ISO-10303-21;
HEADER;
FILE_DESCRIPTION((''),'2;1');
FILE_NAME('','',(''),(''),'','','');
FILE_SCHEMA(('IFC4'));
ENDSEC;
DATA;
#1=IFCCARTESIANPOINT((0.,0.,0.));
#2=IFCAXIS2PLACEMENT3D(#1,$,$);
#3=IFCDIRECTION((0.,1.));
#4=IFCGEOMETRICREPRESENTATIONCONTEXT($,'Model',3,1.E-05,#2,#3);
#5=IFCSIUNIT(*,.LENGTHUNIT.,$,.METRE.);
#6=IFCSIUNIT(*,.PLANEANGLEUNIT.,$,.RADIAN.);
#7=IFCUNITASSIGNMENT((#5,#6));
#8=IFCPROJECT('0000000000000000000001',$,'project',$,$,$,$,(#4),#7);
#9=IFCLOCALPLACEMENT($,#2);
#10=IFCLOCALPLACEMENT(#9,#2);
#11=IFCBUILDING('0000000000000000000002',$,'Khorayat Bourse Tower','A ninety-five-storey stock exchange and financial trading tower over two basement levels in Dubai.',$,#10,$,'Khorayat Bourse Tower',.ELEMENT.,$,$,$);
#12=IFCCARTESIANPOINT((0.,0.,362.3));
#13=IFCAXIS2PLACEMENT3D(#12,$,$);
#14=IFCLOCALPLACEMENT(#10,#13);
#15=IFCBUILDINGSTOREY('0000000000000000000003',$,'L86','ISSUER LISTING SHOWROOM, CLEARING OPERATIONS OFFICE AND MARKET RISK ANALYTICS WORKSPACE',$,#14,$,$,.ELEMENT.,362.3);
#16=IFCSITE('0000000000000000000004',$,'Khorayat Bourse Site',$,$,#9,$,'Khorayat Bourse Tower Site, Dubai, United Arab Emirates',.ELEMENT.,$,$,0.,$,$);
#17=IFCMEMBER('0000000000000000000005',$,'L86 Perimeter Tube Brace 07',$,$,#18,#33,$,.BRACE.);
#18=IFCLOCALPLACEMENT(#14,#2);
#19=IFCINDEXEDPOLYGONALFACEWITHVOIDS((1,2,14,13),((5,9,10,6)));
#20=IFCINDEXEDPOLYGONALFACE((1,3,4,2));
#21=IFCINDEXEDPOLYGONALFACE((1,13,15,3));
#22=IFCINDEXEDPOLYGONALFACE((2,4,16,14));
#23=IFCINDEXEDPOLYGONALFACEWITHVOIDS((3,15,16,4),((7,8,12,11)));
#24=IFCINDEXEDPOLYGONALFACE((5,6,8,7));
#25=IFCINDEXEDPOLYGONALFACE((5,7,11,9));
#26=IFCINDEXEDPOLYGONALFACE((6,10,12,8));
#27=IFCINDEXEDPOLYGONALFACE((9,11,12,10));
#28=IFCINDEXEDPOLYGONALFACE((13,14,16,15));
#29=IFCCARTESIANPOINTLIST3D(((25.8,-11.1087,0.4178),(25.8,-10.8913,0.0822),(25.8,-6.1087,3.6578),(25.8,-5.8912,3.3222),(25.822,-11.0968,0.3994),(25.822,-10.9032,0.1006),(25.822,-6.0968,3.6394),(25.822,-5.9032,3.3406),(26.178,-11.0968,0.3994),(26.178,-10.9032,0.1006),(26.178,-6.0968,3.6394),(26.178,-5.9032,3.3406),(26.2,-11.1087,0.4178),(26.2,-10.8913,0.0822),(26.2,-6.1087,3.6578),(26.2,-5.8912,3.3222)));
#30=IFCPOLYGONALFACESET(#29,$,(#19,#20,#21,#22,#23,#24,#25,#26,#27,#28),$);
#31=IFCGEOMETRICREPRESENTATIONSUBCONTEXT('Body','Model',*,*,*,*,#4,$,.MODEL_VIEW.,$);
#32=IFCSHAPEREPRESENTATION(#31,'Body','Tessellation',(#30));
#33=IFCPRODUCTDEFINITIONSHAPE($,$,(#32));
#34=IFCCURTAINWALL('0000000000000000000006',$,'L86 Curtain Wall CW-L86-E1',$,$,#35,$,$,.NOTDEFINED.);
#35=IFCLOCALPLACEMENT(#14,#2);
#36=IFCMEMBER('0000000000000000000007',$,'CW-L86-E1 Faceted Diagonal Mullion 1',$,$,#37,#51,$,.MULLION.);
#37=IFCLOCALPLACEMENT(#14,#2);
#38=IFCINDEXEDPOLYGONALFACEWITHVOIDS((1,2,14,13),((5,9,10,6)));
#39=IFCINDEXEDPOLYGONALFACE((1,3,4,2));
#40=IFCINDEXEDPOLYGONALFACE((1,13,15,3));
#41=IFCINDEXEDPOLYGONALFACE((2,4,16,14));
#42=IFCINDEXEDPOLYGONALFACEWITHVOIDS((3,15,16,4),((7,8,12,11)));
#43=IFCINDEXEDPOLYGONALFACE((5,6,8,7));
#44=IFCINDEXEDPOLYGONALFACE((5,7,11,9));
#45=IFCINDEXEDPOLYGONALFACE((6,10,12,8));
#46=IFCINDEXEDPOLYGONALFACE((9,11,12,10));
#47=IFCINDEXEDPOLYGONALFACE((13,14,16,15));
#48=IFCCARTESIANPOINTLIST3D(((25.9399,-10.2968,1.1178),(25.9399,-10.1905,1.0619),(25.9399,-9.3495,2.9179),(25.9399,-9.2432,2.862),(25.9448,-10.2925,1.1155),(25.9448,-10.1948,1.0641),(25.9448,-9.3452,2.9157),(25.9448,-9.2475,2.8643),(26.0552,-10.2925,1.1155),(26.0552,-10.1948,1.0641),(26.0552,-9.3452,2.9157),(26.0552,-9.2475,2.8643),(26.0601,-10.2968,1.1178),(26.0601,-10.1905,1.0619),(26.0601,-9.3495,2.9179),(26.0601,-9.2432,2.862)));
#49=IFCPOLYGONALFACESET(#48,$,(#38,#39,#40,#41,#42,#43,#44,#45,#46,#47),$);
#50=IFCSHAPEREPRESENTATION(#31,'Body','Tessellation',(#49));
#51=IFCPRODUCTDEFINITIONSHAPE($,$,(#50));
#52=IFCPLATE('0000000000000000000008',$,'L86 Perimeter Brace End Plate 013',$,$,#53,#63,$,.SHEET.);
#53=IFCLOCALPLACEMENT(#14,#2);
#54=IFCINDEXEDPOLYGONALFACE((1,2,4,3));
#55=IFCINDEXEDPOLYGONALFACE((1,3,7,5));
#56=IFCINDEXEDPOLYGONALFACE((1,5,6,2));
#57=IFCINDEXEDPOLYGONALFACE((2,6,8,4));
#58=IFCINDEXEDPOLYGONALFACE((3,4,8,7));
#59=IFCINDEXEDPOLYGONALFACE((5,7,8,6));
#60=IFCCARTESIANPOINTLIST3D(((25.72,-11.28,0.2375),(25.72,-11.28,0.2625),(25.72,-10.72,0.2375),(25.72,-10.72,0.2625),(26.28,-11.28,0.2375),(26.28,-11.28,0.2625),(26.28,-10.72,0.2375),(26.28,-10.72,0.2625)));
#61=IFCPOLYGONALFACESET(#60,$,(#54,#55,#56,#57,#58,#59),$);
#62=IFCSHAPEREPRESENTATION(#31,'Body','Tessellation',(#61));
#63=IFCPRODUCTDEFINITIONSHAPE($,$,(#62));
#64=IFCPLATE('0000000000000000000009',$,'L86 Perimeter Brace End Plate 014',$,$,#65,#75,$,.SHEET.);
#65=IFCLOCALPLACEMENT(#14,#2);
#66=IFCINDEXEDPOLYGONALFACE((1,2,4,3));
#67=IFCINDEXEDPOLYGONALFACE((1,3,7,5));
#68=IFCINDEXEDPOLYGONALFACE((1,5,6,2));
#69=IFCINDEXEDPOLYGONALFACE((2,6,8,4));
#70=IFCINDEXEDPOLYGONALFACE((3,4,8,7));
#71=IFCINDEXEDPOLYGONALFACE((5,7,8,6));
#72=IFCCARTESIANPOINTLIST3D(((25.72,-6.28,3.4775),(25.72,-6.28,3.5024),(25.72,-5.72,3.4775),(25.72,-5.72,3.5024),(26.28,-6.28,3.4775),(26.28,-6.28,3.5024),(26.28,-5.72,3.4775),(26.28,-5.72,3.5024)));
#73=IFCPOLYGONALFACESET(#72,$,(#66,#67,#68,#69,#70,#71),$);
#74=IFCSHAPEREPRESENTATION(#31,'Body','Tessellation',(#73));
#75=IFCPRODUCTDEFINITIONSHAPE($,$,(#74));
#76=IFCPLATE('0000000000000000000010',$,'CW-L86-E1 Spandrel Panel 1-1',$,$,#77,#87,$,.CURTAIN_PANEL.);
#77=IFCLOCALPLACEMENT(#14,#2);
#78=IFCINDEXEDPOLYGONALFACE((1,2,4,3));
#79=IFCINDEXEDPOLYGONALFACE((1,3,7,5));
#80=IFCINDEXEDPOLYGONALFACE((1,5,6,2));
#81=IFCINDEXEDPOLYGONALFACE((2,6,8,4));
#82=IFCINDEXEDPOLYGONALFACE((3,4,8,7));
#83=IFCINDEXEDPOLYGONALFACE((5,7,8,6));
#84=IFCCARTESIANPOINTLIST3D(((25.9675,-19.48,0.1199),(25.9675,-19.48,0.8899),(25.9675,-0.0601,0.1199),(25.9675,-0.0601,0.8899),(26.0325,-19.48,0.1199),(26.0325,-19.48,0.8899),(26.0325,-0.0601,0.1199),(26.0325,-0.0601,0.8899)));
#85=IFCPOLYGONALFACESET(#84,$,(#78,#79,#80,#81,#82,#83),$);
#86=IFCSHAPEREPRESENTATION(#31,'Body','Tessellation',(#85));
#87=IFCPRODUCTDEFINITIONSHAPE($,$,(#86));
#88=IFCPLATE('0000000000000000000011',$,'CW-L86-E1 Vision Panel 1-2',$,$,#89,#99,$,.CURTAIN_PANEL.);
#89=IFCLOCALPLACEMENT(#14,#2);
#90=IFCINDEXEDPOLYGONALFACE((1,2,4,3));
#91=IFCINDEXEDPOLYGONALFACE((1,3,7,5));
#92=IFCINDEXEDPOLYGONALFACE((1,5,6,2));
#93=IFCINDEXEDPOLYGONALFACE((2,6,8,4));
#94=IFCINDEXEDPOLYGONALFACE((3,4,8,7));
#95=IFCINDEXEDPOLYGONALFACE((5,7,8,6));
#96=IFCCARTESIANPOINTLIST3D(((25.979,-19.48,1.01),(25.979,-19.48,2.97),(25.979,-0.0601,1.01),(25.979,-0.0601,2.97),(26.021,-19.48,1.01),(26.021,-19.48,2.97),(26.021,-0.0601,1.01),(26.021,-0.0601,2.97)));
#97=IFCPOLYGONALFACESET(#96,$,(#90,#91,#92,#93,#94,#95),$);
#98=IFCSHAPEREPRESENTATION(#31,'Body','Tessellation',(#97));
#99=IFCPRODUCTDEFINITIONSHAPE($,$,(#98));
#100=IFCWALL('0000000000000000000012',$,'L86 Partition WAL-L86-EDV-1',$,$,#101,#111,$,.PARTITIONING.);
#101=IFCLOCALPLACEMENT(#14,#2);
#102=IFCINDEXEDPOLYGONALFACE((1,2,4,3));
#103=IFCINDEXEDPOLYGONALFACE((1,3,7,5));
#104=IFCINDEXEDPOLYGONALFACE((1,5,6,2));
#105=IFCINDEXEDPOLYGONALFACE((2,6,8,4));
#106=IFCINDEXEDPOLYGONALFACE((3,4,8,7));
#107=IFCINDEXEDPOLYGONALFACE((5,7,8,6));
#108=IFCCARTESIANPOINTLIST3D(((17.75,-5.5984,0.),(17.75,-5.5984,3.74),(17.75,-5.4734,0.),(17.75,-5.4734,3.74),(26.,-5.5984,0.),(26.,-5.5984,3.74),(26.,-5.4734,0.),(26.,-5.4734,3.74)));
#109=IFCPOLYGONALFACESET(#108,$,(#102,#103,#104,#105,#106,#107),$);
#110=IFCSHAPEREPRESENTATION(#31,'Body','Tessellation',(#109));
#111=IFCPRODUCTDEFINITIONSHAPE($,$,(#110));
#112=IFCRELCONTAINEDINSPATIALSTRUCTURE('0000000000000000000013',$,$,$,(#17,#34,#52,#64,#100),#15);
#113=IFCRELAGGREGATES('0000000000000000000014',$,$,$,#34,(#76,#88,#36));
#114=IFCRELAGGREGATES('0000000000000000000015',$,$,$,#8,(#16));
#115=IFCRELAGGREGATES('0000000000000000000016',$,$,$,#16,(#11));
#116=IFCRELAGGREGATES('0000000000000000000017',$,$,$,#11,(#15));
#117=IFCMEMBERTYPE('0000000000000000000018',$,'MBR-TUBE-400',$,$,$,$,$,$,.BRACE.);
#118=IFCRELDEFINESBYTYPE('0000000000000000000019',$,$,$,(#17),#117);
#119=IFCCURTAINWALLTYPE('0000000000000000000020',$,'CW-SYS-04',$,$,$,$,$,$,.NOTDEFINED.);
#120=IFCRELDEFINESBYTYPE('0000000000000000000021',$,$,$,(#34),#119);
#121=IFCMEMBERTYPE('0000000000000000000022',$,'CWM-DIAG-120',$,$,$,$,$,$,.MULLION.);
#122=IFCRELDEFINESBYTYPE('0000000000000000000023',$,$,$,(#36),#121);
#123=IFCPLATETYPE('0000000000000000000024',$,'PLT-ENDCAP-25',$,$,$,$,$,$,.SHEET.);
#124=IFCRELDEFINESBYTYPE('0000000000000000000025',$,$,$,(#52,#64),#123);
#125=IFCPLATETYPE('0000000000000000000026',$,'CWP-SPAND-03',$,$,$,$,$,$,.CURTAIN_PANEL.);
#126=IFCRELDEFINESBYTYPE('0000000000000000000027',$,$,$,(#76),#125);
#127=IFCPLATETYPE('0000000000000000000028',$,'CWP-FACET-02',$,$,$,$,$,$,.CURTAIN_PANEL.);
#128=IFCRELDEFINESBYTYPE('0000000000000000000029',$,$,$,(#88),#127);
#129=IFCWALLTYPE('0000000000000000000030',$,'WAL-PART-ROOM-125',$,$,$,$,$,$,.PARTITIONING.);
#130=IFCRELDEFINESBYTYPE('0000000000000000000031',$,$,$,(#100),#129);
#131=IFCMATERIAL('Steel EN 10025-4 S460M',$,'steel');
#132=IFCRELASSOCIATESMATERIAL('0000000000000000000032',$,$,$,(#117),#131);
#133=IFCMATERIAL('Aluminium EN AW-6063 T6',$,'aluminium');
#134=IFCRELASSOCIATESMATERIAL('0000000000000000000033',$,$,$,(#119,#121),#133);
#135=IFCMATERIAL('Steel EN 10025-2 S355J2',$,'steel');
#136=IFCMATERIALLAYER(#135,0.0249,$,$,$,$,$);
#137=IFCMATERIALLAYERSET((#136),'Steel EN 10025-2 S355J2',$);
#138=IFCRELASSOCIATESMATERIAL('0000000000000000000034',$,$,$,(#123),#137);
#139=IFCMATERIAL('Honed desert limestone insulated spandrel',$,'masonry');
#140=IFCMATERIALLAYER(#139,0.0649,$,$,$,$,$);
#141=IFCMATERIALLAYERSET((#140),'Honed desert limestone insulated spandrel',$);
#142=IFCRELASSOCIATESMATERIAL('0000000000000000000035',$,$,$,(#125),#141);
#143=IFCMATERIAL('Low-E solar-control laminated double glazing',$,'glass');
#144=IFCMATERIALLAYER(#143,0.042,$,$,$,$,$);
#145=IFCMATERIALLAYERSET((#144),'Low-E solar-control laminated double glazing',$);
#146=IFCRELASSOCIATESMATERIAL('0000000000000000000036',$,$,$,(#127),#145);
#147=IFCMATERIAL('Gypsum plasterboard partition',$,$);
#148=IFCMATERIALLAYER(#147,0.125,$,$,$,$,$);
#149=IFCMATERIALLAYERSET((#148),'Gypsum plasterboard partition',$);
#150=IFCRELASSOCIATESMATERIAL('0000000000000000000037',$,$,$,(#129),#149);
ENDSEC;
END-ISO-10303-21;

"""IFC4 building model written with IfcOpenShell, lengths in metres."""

from ifc_helpers import new_model, si_unit, direction, frame, frame_2d, origin, origin_2d, place, context, subcontext, project, spatial, rectangle, hollow_rectangle, extrude, source, transform, mapped, material, layer, layer_set, material_profile, profile_set, type_object, element, aggregate, save


model = new_model("IFC4")

# Units and contexts
model_context = context("Model", 3, precision=1e-05, world=origin(), true_north=direction((0.0, 1.0)))
body_context = subcontext(model_context, "Body", "Model", "MODEL_VIEW")
ifc_project = project(units=[si_unit("LENGTHUNIT", "METRE"), si_unit("PLANEANGLEUNIT", "RADIAN")], contexts=[model_context])

# Site, building, storey
site_placement = place(None, origin())
site = spatial("IfcSite", under=ifc_project, at=site_placement, Name="Khorayat Bourse Site", LongName="Khorayat Bourse Tower Site, Dubai, United Arab Emirates", CompositionType="ELEMENT", RefElevation=0.0)
building_placement = place(site_placement, origin())
building = spatial("IfcBuilding", under=site, at=building_placement, Name="Khorayat Bourse Tower", Description="A ninety-five-storey stock exchange and financial trading tower over two basement levels in Dubai.", LongName="Khorayat Bourse Tower", CompositionType="ELEMENT")
storey_placement = place(building_placement, frame((0.0, 0.0, 362.3)))
storey = spatial("IfcBuildingStorey", under=building, at=storey_placement, Name="L86", Description="ISSUER LISTING SHOWROOM, CLEARING OPERATIONS OFFICE AND MARKET RISK ANALYTICS WORKSPACE", CompositionType="ELEMENT", Elevation=362.3)

# Shared definitions
ifc_material_1 = material(Name="Steel EN 10025-2 S355J2", Category="steel")

# Member
ifc_material_2 = material(Name="Steel EN 10025-4 S460M", Category="steel")
ifc_material_profile_1 = material_profile(ifc_material_2, hollow_rectangle(XDim=0.3999, YDim=0.3999, WallThickness=0.022, at=origin_2d()), Name="HSS 400x400x22")
ifc_profile_set_1 = profile_set([ifc_material_profile_1], Name="Steel EN 10025-4 S460M")
member_type_1 = type_object("IfcMemberType", Name="MBR-TUBE-400", PredefinedType="BRACE", material=ifc_profile_set_1)
shared_shape_1 = source(origin(), body_context, "Body", "SweptSolid", [
    extrude(hollow_rectangle(XDim=0.3999, YDim=0.3999, WallThickness=0.022, at=origin_2d()), origin(), (0.0, 0.0, 1.0), 5.958),
])
member_1_placement = place(storey_placement, frame((26.0, -11.0, 0.25), z_axis=(0.0, 0.83921, 0.543807), x_axis=(-1.0, 0.0, 0.0)))
element("IfcMember", 1, at=member_1_placement, inside=storey, type_object=member_type_1, Name="L86 Perimeter Tube Brace 07", PredefinedType="BRACE", context=body_context, shape_type="MappedRepresentation", body=[
    mapped(shared_shape_1, transform((0.0, 0.0, 0.0), scale=1.0)),
])

# Curtain wall, member
ifc_material_3 = material(Name="Aluminium EN AW-6063 T6", Category="aluminium")
curtain_wall_type = type_object("IfcCurtainWallType", Name="CW-SYS-04", PredefinedType="NOTDEFINED", material=ifc_material_3)
curtain_wall_placement = place(storey_placement, origin())
curtain_wall = element("IfcCurtainWall", 2, at=curtain_wall_placement, inside=storey, type_object=curtain_wall_type, Name="L86 Curtain Wall CW-L86-E1", PredefinedType="NOTDEFINED")
ifc_material_profile_2 = material_profile(ifc_material_3, hollow_rectangle(XDim=0.1201, YDim=0.1201, WallThickness=0.0049, at=origin_2d()), Name="ALU 120x120x5")
ifc_profile_set_2 = profile_set([ifc_material_profile_2], Name="Aluminium EN AW-6063 T6")
member_type_2 = type_object("IfcMemberType", Name="CWM-DIAG-120", PredefinedType="MULLION", material=ifc_profile_set_2)
shared_shape_2 = source(origin(), body_context, "Body", "SweptSolid", [
    extrude(hollow_rectangle(XDim=0.1201, YDim=0.1201, WallThickness=0.0049, at=origin_2d()), origin(), (0.0, 0.0, 1.0), 2.0342),
])
member_2_placement = place(storey_placement, frame((26.0, -10.2437, 1.0898), z_axis=(0.0, 0.465697, 0.884944), x_axis=(-1.0, 0.0, 0.0)))
member_2 = element("IfcMember", 3, at=member_2_placement, type_object=member_type_2, Name="CW-L86-E1 Faceted Diagonal Mullion 1", PredefinedType="MULLION", context=body_context, shape_type="MappedRepresentation", body=[
    mapped(shared_shape_2, transform((0.0, 0.0, 0.0), scale=1.0)),
])

# Plates
ifc_layer_1 = layer(ifc_material_1, 0.0249)
ifc_layer_set_1 = layer_set([ifc_layer_1], Name="Steel EN 10025-2 S355J2")
plate_type_1 = type_object("IfcPlateType", Name="PLT-ENDCAP-25", PredefinedType="SHEET", material=ifc_layer_set_1)
shared_shape_3 = source(origin(), body_context, "Body", "SweptSolid", [
    extrude(rectangle(XDim=0.5601, YDim=0.5601, at=origin_2d()), origin(), (0.0, 0.0, 1.0), 0.0249),
])
for number, where, z_axis, x_axis, name in (
    (4, (26.0, -11.0, 0.2375), (0.0, 0.0, 1.0), (1.0, 0.0, 0.0), "L86 Perimeter Brace End Plate 013"),
    (5, (26.0, -6.0, 3.4775), (0.0, 0.0, 1.0), (1.0, 0.0, 0.0), "L86 Perimeter Brace End Plate 014"),
):
    element("IfcPlate", number, at=place(storey_placement, frame(where, z_axis=z_axis, x_axis=x_axis)), inside=storey, type_object=plate_type_1, Name=name, PredefinedType="SHEET", context=body_context, shape_type="MappedRepresentation", body=[
        mapped(shared_shape_3, transform((0.0, 0.0, 0.0), scale=1.0)),
    ])

# Plates
ifc_material_4 = material(Name="Honed desert limestone insulated spandrel", Category="masonry")
ifc_layer_2 = layer(ifc_material_4, 0.0649)
ifc_layer_set_2 = layer_set([ifc_layer_2], Name="Honed desert limestone insulated spandrel")
plate_type_2 = type_object("IfcPlateType", Name="CWP-SPAND-03", PredefinedType="CURTAIN_PANEL", material=ifc_layer_set_2)
shared_shape_4 = source(origin(), body_context, "Body", "SweptSolid", [
    extrude(rectangle(XDim=19.4199, YDim=0.0649, at=origin_2d()), origin(), (0.0, 0.0, 1.0), 0.77),
])
plate_1_placement = place(storey_placement, frame((26.0, -9.77, 0.1199), z_axis=(0.0, 0.0, 1.0), x_axis=(0.0, 1.0, 0.0)))
plate_1 = element("IfcPlate", 6, at=plate_1_placement, type_object=plate_type_2, Name="CW-L86-E1 Spandrel Panel 1-1", PredefinedType="CURTAIN_PANEL", context=body_context, shape_type="MappedRepresentation", body=[
    mapped(shared_shape_4, transform((0.0, 0.0, 0.0), scale=1.0)),
])
ifc_material_5 = material(Name="Low-E solar-control laminated double glazing", Category="glass")
ifc_layer_3 = layer(ifc_material_5, 0.042)
ifc_layer_set_3 = layer_set([ifc_layer_3], Name="Low-E solar-control laminated double glazing")
plate_type_3 = type_object("IfcPlateType", Name="CWP-FACET-02", PredefinedType="CURTAIN_PANEL", material=ifc_layer_set_3)
shared_shape_5 = source(origin(), body_context, "Body", "SweptSolid", [
    extrude(rectangle(XDim=19.4199, YDim=0.042, at=origin_2d()), origin(), (0.0, 0.0, 1.0), 1.96),
])
plate_2_placement = place(storey_placement, frame((26.0, -9.77, 1.01), z_axis=(0.0, 0.0, 1.0), x_axis=(0.0, 1.0, 0.0)))
plate_2 = element("IfcPlate", 7, at=plate_2_placement, type_object=plate_type_3, Name="CW-L86-E1 Vision Panel 1-2", PredefinedType="CURTAIN_PANEL", context=body_context, shape_type="MappedRepresentation", body=[
    mapped(shared_shape_5, transform((0.0, 0.0, 0.0), scale=1.0)),
])
aggregate(curtain_wall, [plate_1, plate_2, member_2])

# Wall
ifc_material_6 = material(Name="Gypsum plasterboard partition")
ifc_layer_4 = layer(ifc_material_6, 0.125)
ifc_layer_set_4 = layer_set([ifc_layer_4], Name="Gypsum plasterboard partition")
wall_type = type_object("IfcWallType", Name="WAL-PART-ROOM-125", PredefinedType="PARTITIONING", material=ifc_layer_set_4)
shared_shape_6 = source(origin(), body_context, "Body", "SweptSolid", [
    extrude(rectangle(XDim=8.25, YDim=0.125, at=frame_2d((4.125, 0.0))), origin(), (0.0, 0.0, 1.0), 3.74),
])
wall_placement = place(storey_placement, frame((17.75, -5.5359, 0.0), z_axis=(0.0, 0.0, 1.0), x_axis=(1.0, 0.0, 0.0)))
element("IfcWall", 8, at=wall_placement, inside=storey, type_object=wall_type, Name="L86 Partition WAL-L86-EDV-1", PredefinedType="PARTITIONING", context=body_context, shape_type="MappedRepresentation", body=[
    mapped(shared_shape_6, transform((0.0, 0.0, 0.0), scale=1.0)),
])

save(model, "model.ifc")
